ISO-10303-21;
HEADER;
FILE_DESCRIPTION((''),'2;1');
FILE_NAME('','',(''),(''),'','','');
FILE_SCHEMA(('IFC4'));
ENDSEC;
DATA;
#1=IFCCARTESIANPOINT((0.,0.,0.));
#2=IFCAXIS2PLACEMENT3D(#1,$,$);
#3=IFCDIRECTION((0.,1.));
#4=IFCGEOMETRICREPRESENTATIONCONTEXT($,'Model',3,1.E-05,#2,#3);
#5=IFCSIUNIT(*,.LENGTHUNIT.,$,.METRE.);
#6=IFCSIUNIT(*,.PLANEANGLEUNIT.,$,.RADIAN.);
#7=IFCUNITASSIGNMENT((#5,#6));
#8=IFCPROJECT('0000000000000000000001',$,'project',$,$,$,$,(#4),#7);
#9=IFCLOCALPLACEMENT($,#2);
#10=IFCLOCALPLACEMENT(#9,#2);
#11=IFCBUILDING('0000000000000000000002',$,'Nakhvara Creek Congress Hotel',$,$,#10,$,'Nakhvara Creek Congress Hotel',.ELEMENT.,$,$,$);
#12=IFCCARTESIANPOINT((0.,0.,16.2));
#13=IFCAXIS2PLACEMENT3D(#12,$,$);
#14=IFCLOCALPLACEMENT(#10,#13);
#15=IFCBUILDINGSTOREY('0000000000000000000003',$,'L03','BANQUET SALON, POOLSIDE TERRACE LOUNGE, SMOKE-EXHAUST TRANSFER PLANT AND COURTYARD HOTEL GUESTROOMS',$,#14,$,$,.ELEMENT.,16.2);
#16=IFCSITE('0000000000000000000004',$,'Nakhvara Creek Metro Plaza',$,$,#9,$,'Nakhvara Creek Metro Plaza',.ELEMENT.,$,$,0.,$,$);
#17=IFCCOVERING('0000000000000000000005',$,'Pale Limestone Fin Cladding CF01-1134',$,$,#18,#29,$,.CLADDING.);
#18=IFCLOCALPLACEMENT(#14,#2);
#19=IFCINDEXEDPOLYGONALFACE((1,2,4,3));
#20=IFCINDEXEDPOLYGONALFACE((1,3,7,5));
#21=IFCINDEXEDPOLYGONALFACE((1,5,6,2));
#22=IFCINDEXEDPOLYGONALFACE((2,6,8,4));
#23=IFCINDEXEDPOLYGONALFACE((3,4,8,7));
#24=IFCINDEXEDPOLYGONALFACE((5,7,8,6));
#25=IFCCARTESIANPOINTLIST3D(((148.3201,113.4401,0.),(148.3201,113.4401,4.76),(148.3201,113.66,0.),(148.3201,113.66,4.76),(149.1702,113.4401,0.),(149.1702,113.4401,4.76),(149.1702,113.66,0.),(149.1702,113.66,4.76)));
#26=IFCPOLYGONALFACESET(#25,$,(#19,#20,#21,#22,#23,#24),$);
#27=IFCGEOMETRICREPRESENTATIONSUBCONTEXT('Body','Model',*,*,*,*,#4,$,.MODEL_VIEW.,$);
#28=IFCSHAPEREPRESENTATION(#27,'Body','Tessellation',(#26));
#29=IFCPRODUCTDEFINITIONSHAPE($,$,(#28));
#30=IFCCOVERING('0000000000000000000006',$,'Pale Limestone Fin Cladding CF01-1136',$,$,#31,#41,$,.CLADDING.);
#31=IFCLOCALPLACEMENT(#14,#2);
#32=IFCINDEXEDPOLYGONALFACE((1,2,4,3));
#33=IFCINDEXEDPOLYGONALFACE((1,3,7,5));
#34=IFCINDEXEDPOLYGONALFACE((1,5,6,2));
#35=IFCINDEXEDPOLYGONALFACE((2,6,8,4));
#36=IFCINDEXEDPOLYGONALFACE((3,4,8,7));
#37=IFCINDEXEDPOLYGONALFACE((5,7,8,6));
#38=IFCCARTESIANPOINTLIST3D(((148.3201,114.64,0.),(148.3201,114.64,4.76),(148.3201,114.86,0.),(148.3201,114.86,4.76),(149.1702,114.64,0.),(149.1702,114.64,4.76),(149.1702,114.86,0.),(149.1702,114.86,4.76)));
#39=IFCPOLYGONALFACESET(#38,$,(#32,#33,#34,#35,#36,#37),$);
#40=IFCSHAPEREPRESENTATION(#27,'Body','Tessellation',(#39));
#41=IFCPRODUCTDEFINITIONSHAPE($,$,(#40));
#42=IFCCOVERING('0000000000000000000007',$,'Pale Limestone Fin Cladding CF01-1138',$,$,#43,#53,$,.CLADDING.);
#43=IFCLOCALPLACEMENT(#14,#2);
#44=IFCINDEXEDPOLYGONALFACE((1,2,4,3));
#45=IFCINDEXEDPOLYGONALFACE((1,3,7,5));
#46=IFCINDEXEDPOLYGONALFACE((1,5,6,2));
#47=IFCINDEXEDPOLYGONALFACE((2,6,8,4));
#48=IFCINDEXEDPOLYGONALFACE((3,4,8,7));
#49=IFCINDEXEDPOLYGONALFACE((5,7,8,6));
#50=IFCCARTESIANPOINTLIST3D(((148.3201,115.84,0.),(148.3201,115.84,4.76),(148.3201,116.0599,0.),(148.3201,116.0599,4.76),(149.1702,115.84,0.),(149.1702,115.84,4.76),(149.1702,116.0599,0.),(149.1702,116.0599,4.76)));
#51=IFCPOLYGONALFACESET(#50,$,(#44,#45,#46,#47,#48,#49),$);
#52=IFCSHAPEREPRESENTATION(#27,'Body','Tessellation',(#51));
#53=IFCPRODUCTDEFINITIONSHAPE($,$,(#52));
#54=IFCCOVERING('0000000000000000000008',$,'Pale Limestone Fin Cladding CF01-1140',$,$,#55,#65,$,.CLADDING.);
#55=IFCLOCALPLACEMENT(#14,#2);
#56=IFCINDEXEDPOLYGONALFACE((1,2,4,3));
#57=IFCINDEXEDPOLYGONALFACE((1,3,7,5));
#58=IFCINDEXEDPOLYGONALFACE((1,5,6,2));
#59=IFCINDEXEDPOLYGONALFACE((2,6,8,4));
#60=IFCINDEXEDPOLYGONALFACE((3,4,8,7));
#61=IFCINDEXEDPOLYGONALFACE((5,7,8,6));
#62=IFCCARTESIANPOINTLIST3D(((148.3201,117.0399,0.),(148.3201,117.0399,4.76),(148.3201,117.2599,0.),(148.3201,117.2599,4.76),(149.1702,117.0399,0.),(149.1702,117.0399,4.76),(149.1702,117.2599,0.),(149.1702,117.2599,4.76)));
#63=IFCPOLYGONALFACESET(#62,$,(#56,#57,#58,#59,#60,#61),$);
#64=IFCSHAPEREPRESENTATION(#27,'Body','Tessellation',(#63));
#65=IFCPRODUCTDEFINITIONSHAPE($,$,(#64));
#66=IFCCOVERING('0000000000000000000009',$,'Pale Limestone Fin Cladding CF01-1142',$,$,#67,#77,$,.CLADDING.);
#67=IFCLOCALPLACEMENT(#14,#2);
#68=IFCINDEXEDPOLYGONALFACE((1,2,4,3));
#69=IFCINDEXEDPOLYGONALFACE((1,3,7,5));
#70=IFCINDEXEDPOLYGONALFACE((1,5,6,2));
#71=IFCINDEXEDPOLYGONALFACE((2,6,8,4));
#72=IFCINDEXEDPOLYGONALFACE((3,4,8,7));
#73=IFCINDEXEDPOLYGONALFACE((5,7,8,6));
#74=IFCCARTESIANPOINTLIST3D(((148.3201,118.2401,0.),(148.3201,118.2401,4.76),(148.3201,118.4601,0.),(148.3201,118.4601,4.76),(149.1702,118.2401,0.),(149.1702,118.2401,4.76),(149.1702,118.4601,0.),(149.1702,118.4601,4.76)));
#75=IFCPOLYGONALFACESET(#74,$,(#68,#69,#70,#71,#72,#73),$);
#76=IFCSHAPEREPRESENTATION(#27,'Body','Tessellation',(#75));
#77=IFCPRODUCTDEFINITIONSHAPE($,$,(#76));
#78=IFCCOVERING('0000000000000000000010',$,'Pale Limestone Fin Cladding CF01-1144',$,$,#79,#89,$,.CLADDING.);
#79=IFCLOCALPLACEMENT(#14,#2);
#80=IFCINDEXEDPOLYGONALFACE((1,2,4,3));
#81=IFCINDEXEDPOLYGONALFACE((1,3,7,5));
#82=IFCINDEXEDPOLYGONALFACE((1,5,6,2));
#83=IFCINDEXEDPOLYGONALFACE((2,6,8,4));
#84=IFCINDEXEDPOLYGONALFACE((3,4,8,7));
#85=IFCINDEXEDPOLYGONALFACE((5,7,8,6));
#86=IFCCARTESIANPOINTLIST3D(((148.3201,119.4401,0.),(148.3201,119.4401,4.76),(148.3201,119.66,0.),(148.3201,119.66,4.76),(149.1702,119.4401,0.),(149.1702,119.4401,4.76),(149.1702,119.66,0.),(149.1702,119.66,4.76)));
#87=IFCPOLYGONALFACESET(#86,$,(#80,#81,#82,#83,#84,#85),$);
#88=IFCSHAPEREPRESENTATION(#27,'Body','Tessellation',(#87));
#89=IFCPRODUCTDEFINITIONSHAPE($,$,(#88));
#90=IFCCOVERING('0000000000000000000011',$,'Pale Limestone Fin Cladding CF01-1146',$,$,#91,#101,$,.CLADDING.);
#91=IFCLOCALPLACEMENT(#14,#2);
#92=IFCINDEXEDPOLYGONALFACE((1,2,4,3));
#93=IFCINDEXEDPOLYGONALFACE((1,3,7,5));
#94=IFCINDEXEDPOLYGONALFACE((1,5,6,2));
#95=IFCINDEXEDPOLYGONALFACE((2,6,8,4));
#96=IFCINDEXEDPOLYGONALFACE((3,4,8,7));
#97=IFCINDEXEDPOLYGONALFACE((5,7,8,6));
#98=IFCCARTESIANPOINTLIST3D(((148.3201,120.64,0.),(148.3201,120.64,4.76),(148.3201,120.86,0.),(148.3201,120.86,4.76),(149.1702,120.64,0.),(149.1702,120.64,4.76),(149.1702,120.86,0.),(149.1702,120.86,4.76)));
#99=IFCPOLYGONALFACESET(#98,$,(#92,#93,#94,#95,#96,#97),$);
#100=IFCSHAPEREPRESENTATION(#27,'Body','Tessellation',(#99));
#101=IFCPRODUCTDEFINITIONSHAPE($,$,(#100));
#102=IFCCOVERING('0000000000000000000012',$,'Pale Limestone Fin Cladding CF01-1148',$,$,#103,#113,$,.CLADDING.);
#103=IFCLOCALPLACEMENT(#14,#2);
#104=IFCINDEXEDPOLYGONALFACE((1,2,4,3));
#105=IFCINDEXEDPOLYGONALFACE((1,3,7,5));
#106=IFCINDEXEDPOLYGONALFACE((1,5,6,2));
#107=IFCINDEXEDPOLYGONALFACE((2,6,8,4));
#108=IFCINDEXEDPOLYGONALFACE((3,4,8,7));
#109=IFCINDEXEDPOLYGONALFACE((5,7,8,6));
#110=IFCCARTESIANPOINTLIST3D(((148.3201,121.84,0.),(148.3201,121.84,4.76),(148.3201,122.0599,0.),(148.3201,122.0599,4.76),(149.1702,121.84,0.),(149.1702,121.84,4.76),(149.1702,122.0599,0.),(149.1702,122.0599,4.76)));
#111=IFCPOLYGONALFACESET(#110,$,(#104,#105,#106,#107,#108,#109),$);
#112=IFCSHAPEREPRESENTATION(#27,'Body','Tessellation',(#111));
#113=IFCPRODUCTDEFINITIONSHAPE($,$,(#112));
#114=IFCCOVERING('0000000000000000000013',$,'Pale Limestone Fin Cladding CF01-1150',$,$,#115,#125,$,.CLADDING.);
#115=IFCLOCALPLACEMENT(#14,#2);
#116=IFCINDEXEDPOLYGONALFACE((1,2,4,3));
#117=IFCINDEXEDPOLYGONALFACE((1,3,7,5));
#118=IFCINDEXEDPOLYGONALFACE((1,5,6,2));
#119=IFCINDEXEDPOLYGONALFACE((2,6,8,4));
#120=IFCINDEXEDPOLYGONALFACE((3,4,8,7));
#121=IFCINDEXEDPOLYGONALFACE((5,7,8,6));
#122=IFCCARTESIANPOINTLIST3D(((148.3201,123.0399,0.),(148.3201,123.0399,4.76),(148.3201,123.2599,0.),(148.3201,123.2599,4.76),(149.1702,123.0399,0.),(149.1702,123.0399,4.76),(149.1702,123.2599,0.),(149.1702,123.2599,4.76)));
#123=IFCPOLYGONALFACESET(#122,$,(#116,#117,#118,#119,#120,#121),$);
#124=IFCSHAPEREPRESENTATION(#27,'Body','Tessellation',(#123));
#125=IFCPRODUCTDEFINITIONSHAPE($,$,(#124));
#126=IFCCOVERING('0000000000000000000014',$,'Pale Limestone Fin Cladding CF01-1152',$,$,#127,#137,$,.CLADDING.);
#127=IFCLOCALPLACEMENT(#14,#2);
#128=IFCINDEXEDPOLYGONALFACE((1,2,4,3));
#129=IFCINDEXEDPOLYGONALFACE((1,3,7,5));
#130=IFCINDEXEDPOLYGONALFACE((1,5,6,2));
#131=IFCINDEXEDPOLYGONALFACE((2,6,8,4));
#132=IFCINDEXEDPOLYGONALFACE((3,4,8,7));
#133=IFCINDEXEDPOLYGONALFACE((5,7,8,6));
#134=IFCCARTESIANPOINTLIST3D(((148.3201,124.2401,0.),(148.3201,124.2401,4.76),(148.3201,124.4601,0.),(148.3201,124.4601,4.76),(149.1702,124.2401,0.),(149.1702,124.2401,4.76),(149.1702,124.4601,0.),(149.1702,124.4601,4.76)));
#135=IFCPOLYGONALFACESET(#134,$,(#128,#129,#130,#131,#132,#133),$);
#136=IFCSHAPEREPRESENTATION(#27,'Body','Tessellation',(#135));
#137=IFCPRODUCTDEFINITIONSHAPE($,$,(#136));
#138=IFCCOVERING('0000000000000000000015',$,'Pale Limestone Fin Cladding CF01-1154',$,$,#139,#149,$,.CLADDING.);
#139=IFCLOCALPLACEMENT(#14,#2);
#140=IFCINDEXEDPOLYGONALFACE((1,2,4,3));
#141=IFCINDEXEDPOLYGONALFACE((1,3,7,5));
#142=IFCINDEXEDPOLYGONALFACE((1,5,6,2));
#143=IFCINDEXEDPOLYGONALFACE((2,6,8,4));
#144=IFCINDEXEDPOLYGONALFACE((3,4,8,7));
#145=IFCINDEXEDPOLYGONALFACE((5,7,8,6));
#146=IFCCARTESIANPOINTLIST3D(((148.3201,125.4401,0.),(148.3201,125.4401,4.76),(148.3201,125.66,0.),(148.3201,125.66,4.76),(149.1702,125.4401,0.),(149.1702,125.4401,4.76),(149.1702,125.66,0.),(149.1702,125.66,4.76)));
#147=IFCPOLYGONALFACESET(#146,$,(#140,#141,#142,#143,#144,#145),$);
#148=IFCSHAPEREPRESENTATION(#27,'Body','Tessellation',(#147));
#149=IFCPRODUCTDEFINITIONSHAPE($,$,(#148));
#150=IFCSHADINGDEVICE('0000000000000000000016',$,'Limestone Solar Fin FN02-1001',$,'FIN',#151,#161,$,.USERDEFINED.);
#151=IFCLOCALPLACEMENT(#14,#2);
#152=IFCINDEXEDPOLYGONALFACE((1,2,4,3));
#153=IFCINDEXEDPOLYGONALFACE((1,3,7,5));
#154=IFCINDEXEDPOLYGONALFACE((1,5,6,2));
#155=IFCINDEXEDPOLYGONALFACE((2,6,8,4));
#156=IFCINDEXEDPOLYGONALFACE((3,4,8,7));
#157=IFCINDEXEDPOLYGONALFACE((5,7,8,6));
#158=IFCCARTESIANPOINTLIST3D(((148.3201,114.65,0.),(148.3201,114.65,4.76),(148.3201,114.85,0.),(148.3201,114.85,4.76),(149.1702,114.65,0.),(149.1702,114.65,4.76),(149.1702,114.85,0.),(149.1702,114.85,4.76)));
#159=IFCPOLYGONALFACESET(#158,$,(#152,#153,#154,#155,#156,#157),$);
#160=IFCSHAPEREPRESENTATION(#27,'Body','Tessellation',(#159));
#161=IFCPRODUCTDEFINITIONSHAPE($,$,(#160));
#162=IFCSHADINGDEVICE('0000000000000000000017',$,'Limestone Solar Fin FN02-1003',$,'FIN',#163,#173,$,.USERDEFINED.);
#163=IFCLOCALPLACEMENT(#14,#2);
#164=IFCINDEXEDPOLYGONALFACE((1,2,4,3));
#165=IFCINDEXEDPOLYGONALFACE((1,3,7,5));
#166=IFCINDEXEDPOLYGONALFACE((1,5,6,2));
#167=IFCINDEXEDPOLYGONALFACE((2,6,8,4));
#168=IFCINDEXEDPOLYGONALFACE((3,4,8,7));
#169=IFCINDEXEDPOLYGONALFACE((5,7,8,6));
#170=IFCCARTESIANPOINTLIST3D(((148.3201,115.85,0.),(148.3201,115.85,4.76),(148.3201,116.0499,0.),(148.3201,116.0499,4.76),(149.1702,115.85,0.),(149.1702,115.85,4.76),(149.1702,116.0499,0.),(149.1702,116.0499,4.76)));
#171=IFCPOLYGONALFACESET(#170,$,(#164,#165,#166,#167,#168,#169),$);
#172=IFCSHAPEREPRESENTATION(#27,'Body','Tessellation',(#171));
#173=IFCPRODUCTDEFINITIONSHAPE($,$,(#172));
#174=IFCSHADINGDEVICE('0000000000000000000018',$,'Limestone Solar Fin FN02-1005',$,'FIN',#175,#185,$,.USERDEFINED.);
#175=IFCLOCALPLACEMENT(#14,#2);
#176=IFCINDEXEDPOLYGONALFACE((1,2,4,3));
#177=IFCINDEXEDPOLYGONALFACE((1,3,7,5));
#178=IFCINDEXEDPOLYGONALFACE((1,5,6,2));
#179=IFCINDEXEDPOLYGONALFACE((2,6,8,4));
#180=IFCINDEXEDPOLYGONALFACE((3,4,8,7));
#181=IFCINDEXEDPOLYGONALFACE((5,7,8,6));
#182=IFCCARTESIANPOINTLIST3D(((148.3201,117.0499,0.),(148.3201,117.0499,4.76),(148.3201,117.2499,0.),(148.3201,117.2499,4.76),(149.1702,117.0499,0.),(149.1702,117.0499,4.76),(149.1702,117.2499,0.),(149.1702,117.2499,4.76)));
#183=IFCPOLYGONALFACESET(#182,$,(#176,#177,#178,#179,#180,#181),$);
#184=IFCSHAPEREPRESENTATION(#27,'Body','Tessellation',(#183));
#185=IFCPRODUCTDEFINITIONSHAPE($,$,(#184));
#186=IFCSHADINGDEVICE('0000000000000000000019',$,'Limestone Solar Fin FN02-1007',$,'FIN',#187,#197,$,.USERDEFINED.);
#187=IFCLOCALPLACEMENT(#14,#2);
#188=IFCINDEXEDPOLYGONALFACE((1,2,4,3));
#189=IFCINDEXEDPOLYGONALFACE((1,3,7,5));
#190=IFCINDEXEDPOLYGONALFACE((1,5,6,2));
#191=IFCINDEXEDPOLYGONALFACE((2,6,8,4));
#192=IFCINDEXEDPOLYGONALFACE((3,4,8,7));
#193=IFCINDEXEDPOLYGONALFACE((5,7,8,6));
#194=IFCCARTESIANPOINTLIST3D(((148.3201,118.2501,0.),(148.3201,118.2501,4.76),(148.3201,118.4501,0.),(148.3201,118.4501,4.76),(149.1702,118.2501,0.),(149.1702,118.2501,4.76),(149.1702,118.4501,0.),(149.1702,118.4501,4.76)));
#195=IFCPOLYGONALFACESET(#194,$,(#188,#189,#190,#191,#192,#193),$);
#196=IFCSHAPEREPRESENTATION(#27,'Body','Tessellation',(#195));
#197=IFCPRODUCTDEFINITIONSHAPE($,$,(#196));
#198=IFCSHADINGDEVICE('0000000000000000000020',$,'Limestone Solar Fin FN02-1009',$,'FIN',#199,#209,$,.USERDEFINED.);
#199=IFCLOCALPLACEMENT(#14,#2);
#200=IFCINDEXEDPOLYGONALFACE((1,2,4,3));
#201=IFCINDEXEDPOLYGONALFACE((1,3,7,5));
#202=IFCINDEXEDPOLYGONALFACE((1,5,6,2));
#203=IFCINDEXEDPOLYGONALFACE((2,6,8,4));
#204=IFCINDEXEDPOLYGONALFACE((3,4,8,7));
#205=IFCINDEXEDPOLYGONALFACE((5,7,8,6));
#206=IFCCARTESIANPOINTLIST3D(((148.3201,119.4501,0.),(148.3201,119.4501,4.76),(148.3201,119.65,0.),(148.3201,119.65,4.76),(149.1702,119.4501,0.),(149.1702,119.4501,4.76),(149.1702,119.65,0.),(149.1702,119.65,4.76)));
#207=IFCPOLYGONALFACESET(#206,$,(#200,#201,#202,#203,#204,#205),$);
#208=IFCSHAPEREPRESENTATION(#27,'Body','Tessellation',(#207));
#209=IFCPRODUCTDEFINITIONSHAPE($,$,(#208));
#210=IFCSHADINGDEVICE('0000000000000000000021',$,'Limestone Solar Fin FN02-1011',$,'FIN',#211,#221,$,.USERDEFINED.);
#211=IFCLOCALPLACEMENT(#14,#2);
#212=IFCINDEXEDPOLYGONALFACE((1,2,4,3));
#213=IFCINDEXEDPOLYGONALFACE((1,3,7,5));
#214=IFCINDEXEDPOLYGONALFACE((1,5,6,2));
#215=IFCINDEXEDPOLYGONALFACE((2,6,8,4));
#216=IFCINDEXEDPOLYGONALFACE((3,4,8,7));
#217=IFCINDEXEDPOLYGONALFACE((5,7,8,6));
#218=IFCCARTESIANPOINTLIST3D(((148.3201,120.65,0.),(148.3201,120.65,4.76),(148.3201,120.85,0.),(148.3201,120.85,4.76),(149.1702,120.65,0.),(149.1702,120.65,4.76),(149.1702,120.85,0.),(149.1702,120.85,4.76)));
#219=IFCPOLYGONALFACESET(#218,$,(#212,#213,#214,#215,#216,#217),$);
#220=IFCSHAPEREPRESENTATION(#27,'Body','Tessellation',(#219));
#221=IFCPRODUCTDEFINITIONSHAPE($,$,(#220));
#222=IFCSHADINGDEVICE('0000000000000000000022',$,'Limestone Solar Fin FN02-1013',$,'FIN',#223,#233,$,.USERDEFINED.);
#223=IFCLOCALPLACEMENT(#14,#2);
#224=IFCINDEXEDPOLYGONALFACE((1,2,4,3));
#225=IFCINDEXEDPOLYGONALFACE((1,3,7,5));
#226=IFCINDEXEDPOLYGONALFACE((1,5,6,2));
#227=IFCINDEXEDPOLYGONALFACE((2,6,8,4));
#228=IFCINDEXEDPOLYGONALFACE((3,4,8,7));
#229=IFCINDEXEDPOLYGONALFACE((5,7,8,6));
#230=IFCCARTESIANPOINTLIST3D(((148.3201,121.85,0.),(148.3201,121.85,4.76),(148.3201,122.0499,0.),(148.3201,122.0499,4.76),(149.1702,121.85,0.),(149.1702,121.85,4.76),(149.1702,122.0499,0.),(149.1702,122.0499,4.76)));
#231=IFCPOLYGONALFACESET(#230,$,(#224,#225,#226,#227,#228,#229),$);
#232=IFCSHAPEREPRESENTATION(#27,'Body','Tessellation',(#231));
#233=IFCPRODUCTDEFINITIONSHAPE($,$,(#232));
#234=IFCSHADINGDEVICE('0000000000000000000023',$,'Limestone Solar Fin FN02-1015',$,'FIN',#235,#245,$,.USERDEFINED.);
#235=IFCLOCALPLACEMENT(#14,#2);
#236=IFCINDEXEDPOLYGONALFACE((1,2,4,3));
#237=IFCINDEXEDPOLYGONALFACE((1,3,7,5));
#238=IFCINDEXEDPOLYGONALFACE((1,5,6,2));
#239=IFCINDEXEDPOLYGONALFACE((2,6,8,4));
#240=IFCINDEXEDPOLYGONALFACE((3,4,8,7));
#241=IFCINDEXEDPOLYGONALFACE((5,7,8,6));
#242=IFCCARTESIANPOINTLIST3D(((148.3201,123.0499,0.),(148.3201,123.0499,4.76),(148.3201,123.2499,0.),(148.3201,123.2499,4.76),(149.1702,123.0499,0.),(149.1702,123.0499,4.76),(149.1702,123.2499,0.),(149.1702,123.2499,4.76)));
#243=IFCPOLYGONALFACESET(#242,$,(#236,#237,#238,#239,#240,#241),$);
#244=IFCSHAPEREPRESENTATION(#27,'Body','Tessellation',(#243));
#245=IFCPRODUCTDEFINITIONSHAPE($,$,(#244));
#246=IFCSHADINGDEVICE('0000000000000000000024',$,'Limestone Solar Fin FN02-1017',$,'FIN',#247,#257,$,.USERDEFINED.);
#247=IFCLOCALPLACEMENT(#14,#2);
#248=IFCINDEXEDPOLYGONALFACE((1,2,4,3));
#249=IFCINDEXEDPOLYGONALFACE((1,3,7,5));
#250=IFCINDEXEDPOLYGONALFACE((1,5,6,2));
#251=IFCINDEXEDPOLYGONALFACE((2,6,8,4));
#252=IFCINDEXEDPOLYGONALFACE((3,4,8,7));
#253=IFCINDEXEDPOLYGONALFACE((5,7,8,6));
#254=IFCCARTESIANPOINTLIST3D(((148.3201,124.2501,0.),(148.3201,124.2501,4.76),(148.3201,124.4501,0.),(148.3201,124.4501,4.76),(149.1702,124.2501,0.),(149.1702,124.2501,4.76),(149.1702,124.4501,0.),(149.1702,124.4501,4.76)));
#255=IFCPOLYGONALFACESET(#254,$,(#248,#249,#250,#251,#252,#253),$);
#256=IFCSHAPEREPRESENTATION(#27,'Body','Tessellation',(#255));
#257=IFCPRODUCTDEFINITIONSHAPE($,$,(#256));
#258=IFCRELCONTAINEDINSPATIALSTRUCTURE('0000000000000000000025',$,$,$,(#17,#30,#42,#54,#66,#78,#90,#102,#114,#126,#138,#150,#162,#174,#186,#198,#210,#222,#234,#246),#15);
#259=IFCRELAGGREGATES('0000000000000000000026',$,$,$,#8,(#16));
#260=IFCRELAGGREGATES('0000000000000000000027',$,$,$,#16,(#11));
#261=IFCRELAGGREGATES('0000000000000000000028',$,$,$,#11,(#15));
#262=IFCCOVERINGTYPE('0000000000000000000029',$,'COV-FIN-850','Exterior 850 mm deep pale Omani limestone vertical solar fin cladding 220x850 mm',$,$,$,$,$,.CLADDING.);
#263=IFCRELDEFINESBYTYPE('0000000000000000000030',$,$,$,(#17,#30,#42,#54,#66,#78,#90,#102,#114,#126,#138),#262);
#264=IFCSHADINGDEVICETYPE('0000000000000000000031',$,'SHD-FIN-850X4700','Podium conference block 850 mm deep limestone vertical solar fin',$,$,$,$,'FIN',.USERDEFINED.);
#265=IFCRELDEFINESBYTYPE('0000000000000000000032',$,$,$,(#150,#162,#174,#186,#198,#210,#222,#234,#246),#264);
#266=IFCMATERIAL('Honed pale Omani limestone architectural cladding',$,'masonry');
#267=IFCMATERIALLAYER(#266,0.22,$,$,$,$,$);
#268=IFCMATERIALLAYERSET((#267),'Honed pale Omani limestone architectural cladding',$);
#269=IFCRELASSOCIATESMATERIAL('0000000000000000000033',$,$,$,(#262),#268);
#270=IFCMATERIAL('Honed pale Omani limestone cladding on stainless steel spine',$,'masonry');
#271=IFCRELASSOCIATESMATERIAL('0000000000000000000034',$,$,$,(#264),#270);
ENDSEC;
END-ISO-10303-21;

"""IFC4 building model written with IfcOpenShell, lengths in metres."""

from ifc_helpers import new_model, si_unit, direction, frame, origin, origin_2d, place, context, subcontext, project, spatial, rectangle, extrude, material, layer, layer_set, type_object, element, save


model = new_model("IFC4")

# Units and contexts
model_context = context("Model", 3, precision=1e-05, world=origin(), true_north=direction((0.0, 1.0)))
body_context = subcontext(model_context, "Body", "Model", "MODEL_VIEW")
ifc_project = project(units=[si_unit("LENGTHUNIT", "METRE"), si_unit("PLANEANGLEUNIT", "RADIAN")], contexts=[model_context])

# Site, building, storey
site_placement = place(None, origin())
site = spatial("IfcSite", under=ifc_project, at=site_placement, Name="Nakhvara Creek Metro Plaza", LongName="Nakhvara Creek Metro Plaza", CompositionType="ELEMENT", RefElevation=0.0)
building_placement = place(site_placement, origin())
building = spatial("IfcBuilding", under=site, at=building_placement, Name="Nakhvara Creek Congress Hotel", LongName="Nakhvara Creek Congress Hotel", CompositionType="ELEMENT")
storey_placement = place(building_placement, frame((0.0, 0.0, 16.2)))
storey = spatial("IfcBuildingStorey", under=building, at=storey_placement, Name="L03", Description="BANQUET SALON, POOLSIDE TERRACE LOUNGE, SMOKE-EXHAUST TRANSFER PLANT AND COURTYARD HOTEL GUESTROOMS", CompositionType="ELEMENT", Elevation=16.2)

# Coverings
ifc_material_1 = material(Name="Honed pale Omani limestone architectural cladding", Category="masonry")
ifc_layer = layer(ifc_material_1, 0.22)
ifc_layer_set = layer_set([ifc_layer], Name="Honed pale Omani limestone architectural cladding")
covering_type = type_object("IfcCoveringType", Name="COV-FIN-850", Description="Exterior 850 mm deep pale Omani limestone vertical solar fin cladding 220x850 mm", PredefinedType="CLADDING", material=ifc_layer_set)
for number, where, z_axis, x_axis, name in (
    (1, (148.7451, 113.55, 0.0), (0.0, 0.0, 1.0), (0.0, 1.0, 0.0), "Pale Limestone Fin Cladding CF01-1134"),
    (2, (148.7451, 114.75, 0.0), (0.0, 0.0, 1.0), (0.0, 1.0, 0.0), "Pale Limestone Fin Cladding CF01-1136"),
    (3, (148.7451, 115.95, 0.0), (0.0, 0.0, 1.0), (0.0, 1.0, 0.0), "Pale Limestone Fin Cladding CF01-1138"),
    (4, (148.7451, 117.1499, 0.0), (0.0, 0.0, 1.0), (0.0, 1.0, 0.0), "Pale Limestone Fin Cladding CF01-1140"),
    (5, (148.7451, 118.3501, 0.0), (0.0, 0.0, 1.0), (0.0, 1.0, 0.0), "Pale Limestone Fin Cladding CF01-1142"),
    (6, (148.7451, 119.55, 0.0), (0.0, 0.0, 1.0), (0.0, 1.0, 0.0), "Pale Limestone Fin Cladding CF01-1144"),
    (7, (148.7451, 120.75, 0.0), (0.0, 0.0, 1.0), (0.0, 1.0, 0.0), "Pale Limestone Fin Cladding CF01-1146"),
    (8, (148.7451, 121.95, 0.0), (0.0, 0.0, 1.0), (0.0, 1.0, 0.0), "Pale Limestone Fin Cladding CF01-1148"),
    (9, (148.7451, 123.1499, 0.0), (0.0, 0.0, 1.0), (0.0, 1.0, 0.0), "Pale Limestone Fin Cladding CF01-1150"),
    (10, (148.7451, 124.3501, 0.0), (0.0, 0.0, 1.0), (0.0, 1.0, 0.0), "Pale Limestone Fin Cladding CF01-1152"),
    (11, (148.7451, 125.55, 0.0), (0.0, 0.0, 1.0), (0.0, 1.0, 0.0), "Pale Limestone Fin Cladding CF01-1154"),
):
    element("IfcCovering", number, at=place(storey_placement, frame(where, z_axis=z_axis, x_axis=x_axis)), inside=storey, type_object=covering_type, Name=name, PredefinedType="CLADDING", context=body_context, shape_type="SweptSolid", body=[
        extrude(rectangle(XDim=0.22, YDim=0.8501, at=origin_2d()), origin(), (0.0, 0.0, 1.0), 4.76),
    ])

# Shading devices
ifc_material_2 = material(Name="Honed pale Omani limestone cladding on stainless steel spine", Category="masonry")
shading_device_type = type_object("IfcShadingDeviceType", Name="SHD-FIN-850X4700", Description="Podium conference block 850 mm deep limestone vertical solar fin", ElementType="FIN", PredefinedType="USERDEFINED", material=ifc_material_2)
for number, where, z_axis, x_axis, name in (
    (12, (148.7451, 114.75, 0.0), (0.0, 0.0, 1.0), (0.0, 1.0, 0.0), "Limestone Solar Fin FN02-1001"),
    (13, (148.7451, 115.95, 0.0), (0.0, 0.0, 1.0), (0.0, 1.0, 0.0), "Limestone Solar Fin FN02-1003"),
    (14, (148.7451, 117.1499, 0.0), (0.0, 0.0, 1.0), (0.0, 1.0, 0.0), "Limestone Solar Fin FN02-1005"),
    (15, (148.7451, 118.3501, 0.0), (0.0, 0.0, 1.0), (0.0, 1.0, 0.0), "Limestone Solar Fin FN02-1007"),
    (16, (148.7451, 119.55, 0.0), (0.0, 0.0, 1.0), (0.0, 1.0, 0.0), "Limestone Solar Fin FN02-1009"),
    (17, (148.7451, 120.75, 0.0), (0.0, 0.0, 1.0), (0.0, 1.0, 0.0), "Limestone Solar Fin FN02-1011"),
    (18, (148.7451, 121.95, 0.0), (0.0, 0.0, 1.0), (0.0, 1.0, 0.0), "Limestone Solar Fin FN02-1013"),
    (19, (148.7451, 123.1499, 0.0), (0.0, 0.0, 1.0), (0.0, 1.0, 0.0), "Limestone Solar Fin FN02-1015"),
    (20, (148.7451, 124.3501, 0.0), (0.0, 0.0, 1.0), (0.0, 1.0, 0.0), "Limestone Solar Fin FN02-1017"),
):
    element("IfcShadingDevice", number, at=place(storey_placement, frame(where, z_axis=z_axis, x_axis=x_axis)), inside=storey, type_object=shading_device_type, Name=name, ObjectType="FIN", PredefinedType="USERDEFINED", context=body_context, shape_type="SweptSolid", body=[
        extrude(rectangle(XDim=0.2, YDim=0.8501, at=origin_2d()), origin(), (0.0, 0.0, 1.0), 4.76),
    ])

save(model, "model.ifc")
